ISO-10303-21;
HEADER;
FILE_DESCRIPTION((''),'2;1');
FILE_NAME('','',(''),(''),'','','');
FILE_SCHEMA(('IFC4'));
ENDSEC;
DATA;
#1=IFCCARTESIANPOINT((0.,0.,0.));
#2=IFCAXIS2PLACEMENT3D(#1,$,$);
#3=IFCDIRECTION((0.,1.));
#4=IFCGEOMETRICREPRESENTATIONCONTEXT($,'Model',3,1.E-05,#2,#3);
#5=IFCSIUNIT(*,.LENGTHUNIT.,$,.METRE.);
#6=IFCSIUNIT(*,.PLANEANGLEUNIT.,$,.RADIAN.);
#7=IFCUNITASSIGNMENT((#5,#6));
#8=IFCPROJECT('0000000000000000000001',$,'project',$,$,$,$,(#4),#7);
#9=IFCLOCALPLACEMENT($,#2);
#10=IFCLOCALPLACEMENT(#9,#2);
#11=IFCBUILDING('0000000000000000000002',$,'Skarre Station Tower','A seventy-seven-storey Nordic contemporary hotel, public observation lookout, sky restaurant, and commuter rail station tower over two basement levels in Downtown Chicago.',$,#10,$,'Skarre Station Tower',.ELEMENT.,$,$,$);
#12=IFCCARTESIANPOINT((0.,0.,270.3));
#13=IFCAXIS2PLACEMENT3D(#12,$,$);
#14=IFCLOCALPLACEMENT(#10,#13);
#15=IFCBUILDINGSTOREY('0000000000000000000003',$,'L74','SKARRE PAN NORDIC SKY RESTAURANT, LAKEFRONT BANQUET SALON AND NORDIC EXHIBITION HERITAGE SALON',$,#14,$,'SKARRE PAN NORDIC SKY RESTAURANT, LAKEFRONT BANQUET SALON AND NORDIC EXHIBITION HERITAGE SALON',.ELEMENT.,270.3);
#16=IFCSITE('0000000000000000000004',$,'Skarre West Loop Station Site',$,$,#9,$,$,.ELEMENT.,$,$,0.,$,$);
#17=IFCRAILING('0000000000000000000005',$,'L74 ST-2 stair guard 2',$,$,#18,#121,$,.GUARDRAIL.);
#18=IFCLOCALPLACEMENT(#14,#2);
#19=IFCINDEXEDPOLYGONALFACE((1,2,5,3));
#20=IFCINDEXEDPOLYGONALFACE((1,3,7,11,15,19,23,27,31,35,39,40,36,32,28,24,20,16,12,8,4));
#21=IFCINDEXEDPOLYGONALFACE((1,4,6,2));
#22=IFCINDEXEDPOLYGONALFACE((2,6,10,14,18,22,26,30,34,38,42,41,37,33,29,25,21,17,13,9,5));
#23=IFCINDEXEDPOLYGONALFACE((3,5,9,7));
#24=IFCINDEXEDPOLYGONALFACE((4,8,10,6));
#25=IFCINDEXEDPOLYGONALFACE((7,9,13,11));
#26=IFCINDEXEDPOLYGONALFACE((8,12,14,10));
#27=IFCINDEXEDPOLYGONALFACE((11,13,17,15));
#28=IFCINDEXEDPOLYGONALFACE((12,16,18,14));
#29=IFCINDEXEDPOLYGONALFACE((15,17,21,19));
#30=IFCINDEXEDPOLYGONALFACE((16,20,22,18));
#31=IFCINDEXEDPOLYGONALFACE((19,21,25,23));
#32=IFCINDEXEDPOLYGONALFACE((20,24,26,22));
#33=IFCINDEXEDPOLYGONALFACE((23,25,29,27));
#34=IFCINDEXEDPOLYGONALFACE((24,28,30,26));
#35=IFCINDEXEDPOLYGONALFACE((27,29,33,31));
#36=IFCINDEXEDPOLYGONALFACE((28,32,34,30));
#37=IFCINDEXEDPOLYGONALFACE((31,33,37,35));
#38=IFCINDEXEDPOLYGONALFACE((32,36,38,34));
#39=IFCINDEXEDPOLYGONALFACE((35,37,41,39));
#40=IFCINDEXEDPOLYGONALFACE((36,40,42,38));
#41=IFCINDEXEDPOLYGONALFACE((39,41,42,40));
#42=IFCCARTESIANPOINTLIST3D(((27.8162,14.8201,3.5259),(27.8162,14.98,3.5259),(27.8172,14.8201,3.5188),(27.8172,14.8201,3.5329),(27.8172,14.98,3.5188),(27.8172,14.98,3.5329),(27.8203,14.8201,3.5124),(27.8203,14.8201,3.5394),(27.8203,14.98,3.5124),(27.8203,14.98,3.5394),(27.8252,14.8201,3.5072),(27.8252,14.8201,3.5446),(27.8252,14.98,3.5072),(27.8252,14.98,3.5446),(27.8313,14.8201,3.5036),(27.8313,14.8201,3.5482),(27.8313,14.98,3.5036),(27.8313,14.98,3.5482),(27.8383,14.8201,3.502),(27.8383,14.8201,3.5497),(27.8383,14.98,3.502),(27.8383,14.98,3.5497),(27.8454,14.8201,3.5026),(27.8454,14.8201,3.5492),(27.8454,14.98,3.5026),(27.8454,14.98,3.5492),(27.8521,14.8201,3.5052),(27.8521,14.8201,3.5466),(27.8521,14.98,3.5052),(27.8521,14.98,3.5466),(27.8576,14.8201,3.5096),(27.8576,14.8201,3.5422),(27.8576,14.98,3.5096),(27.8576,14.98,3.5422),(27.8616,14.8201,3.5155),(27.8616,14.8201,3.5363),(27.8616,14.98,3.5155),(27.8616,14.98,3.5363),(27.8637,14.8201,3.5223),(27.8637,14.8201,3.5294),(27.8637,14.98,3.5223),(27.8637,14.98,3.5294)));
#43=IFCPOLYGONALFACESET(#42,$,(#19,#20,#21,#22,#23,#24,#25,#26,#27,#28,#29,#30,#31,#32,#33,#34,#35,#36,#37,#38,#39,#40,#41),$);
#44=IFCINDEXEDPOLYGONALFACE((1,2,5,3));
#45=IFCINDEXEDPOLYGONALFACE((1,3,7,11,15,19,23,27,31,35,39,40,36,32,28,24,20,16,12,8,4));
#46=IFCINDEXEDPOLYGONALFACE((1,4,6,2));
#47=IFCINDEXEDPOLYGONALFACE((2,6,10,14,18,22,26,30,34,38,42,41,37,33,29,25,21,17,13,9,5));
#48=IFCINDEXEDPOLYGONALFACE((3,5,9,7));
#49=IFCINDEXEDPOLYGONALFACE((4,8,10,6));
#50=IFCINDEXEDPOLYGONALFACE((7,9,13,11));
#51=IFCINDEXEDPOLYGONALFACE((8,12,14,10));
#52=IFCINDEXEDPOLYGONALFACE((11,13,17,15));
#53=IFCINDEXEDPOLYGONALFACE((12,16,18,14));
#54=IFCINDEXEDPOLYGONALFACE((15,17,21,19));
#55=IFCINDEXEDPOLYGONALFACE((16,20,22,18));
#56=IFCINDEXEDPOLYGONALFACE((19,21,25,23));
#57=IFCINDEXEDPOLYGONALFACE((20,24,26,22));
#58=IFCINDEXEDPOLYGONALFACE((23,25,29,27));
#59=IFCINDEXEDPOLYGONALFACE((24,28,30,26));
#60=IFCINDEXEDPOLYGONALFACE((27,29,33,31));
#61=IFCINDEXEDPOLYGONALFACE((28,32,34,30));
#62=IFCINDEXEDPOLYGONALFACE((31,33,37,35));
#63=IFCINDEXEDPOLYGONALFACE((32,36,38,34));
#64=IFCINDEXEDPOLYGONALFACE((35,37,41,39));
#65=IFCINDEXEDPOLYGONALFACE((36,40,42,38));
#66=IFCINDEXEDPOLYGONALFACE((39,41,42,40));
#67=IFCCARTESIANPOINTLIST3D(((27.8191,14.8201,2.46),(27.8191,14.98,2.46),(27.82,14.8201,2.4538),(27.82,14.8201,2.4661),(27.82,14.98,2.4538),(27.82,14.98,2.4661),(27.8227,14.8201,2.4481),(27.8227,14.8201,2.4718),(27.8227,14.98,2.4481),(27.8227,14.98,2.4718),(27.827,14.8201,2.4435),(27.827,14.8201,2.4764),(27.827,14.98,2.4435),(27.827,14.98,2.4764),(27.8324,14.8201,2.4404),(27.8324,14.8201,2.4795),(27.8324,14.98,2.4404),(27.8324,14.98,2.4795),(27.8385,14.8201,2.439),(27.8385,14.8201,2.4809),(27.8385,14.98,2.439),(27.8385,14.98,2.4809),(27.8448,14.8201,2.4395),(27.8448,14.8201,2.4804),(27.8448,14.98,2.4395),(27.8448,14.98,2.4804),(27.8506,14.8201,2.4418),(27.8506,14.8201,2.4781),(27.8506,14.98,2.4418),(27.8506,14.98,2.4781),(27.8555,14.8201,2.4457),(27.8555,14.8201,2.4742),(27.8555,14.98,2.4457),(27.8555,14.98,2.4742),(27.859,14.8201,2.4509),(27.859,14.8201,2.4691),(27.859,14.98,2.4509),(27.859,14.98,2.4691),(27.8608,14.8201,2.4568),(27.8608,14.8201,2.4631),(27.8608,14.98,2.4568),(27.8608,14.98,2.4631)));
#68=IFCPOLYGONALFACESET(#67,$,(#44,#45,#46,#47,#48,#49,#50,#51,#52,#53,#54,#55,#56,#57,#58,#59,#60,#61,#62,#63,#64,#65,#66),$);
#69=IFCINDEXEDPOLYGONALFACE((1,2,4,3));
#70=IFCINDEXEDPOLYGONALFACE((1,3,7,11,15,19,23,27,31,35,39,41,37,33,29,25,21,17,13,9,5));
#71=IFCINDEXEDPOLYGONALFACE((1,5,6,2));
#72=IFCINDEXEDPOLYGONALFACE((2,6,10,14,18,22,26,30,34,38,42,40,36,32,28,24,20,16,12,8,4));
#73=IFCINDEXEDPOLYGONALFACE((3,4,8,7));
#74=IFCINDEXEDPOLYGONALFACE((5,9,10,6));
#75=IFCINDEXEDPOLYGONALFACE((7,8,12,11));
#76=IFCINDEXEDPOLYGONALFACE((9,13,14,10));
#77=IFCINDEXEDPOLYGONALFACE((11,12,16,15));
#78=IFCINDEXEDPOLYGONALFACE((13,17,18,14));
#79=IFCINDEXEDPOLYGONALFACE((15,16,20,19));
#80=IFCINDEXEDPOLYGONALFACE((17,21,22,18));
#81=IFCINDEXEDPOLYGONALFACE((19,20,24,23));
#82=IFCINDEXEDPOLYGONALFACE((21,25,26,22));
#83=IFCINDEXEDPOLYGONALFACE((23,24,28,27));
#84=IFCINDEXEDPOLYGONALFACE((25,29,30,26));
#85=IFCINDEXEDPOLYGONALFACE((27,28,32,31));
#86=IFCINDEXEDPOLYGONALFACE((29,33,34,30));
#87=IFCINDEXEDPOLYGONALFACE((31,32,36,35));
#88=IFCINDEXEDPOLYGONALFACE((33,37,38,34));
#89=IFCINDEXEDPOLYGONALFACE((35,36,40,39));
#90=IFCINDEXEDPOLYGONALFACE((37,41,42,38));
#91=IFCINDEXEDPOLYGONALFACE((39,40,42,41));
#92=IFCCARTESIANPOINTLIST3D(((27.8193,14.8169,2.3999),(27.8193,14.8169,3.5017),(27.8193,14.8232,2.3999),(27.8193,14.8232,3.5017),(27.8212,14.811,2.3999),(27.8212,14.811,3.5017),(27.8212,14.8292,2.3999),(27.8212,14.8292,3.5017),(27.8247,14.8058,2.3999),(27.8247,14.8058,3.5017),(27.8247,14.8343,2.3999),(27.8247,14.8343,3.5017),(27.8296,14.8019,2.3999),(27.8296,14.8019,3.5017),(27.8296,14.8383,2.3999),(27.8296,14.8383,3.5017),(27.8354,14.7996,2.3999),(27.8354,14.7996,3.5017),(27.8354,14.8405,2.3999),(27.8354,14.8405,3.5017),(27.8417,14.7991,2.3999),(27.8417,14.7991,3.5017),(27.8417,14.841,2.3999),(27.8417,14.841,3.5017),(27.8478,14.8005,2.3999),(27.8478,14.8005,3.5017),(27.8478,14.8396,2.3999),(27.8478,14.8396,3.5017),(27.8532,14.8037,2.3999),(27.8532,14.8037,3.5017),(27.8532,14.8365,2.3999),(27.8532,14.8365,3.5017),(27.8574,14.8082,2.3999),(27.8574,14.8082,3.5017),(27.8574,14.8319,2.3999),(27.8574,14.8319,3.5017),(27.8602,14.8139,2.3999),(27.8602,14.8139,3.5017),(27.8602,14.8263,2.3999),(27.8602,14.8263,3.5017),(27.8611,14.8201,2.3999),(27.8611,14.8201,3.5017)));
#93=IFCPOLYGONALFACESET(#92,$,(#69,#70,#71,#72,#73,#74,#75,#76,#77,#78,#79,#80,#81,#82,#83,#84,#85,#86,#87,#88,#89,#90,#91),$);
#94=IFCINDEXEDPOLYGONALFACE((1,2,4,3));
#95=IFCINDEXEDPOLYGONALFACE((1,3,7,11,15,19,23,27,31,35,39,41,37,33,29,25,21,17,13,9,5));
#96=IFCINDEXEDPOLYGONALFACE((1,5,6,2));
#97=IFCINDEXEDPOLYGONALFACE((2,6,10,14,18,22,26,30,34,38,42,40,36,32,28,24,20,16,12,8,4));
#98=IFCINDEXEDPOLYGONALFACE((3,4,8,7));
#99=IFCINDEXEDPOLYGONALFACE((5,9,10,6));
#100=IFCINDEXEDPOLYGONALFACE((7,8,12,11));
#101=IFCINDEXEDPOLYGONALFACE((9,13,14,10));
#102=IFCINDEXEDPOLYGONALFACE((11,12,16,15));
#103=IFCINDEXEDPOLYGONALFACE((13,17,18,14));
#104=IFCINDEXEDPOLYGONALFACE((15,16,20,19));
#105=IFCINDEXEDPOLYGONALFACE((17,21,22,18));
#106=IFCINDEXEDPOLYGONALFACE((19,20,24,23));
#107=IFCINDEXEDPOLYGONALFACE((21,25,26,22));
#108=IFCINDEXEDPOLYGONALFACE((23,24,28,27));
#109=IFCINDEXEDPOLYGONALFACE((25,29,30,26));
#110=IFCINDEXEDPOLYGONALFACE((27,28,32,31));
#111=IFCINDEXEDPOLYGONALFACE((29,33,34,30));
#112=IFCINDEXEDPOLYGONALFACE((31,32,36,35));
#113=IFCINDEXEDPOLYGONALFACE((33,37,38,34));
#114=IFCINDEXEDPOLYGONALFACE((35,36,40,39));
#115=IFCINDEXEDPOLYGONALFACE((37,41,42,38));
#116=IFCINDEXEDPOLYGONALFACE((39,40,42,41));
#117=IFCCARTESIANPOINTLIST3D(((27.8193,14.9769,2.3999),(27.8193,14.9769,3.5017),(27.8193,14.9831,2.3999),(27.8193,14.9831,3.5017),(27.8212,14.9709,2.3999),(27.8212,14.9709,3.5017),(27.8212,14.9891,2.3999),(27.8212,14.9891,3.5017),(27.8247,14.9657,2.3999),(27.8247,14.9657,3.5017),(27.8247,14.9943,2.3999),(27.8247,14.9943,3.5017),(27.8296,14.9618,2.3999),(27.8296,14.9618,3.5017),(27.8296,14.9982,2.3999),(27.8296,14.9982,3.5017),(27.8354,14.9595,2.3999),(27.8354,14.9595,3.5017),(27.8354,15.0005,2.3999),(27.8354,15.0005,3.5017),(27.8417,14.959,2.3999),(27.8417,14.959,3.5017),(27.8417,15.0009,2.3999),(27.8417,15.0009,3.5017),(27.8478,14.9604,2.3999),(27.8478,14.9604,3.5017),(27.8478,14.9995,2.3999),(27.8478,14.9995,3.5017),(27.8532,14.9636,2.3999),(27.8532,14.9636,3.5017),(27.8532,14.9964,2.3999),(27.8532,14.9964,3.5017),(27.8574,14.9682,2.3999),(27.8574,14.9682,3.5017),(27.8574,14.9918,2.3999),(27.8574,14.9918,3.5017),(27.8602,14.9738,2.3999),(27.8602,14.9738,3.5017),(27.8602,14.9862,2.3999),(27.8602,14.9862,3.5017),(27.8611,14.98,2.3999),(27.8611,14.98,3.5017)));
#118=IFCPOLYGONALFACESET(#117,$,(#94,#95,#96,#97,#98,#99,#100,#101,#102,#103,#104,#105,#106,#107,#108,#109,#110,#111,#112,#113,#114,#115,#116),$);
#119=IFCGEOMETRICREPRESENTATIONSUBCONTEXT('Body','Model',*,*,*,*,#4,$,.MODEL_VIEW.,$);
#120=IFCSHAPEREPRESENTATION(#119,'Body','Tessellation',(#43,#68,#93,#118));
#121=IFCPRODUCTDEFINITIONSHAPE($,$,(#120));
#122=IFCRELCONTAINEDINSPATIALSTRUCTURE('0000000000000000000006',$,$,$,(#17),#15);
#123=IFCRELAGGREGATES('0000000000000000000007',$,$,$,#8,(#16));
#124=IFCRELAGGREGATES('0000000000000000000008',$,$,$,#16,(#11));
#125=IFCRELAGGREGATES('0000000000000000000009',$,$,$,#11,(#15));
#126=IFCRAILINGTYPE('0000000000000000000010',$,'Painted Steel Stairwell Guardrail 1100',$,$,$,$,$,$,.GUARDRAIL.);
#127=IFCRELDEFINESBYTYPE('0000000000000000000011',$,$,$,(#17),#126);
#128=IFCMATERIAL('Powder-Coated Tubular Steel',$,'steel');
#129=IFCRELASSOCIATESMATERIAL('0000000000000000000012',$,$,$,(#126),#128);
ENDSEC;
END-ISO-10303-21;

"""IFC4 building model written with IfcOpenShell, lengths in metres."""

from ifc_helpers import new_model, si_unit, direction, frame, origin, origin_2d, place, context, subcontext, project, spatial, circle, extrude, material, type_object, element, save


model = new_model("IFC4")

# Units and contexts
model_context = context("Model", 3, precision=1e-05, world=origin(), true_north=direction((0.0, 1.0)))
body_context = subcontext(model_context, "Body", "Model", "MODEL_VIEW")
ifc_project = project(units=[si_unit("LENGTHUNIT", "METRE"), si_unit("PLANEANGLEUNIT", "RADIAN")], contexts=[model_context])

# Site, building, storey
site_placement = place(None, origin())
site = spatial("IfcSite", under=ifc_project, at=site_placement, Name="Skarre West Loop Station Site", CompositionType="ELEMENT", RefElevation=0.0)
building_placement = place(site_placement, origin())
building = spatial("IfcBuilding", under=site, at=building_placement, Name="Skarre Station Tower", Description="A seventy-seven-storey Nordic contemporary hotel, public observation lookout, sky restaurant, and commuter rail station tower over two basement levels in Downtown Chicago.", LongName="Skarre Station Tower", CompositionType="ELEMENT")
storey_placement = place(building_placement, frame((0.0, 0.0, 270.3)))
storey = spatial("IfcBuildingStorey", under=building, at=storey_placement, Name="L74", Description="SKARRE PAN NORDIC SKY RESTAURANT, LAKEFRONT BANQUET SALON AND NORDIC EXHIBITION HERITAGE SALON", LongName="SKARRE PAN NORDIC SKY RESTAURANT, LAKEFRONT BANQUET SALON AND NORDIC EXHIBITION HERITAGE SALON", CompositionType="ELEMENT", Elevation=270.3)

# Railing
ifc_material_1 = material(Name="Powder-Coated Tubular Steel", Category="steel")
railing_type_1 = type_object("IfcRailingType", Name="Painted Steel Stairwell Guardrail 1100", PredefinedType="GUARDRAIL", material=ifc_material_1)
railing_1_placement = place(storey_placement, frame((27.8401, 14.8201, 2.3999)))
element("IfcRailing", 1, at=railing_1_placement, inside=storey, type_object=railing_type_1, Name="L74 ST-2 stair guard 2", PredefinedType="GUARDRAIL", context=body_context, shape_type="SweptSolid", body=[
    extrude(circle(Radius=0.0239, at=origin_2d()), frame((0.0, 0.0, 1.126), z_axis=(0.0, 1.0, 0.0), x_axis=(-1.0, 0.0, 0.0)), (0.0, 0.0, 1.0), 0.1599),
    extrude(circle(Radius=0.021, at=origin_2d()), frame((0.0, 0.0, 0.0601), z_axis=(0.0, 1.0, 0.0), x_axis=(-1.0, 0.0, 0.0)), (0.0, 0.0, 1.0), 0.1599),
    extrude(circle(Radius=0.021, at=origin_2d()), origin(), (0.0, 0.0, 1.0), 1.1018),
    extrude(circle(Radius=0.021, at=origin_2d()), frame((0.0, 0.1599, 0.0)), (0.0, 0.0, 1.0), 1.1018),
])

save(model, "model.ifc")
